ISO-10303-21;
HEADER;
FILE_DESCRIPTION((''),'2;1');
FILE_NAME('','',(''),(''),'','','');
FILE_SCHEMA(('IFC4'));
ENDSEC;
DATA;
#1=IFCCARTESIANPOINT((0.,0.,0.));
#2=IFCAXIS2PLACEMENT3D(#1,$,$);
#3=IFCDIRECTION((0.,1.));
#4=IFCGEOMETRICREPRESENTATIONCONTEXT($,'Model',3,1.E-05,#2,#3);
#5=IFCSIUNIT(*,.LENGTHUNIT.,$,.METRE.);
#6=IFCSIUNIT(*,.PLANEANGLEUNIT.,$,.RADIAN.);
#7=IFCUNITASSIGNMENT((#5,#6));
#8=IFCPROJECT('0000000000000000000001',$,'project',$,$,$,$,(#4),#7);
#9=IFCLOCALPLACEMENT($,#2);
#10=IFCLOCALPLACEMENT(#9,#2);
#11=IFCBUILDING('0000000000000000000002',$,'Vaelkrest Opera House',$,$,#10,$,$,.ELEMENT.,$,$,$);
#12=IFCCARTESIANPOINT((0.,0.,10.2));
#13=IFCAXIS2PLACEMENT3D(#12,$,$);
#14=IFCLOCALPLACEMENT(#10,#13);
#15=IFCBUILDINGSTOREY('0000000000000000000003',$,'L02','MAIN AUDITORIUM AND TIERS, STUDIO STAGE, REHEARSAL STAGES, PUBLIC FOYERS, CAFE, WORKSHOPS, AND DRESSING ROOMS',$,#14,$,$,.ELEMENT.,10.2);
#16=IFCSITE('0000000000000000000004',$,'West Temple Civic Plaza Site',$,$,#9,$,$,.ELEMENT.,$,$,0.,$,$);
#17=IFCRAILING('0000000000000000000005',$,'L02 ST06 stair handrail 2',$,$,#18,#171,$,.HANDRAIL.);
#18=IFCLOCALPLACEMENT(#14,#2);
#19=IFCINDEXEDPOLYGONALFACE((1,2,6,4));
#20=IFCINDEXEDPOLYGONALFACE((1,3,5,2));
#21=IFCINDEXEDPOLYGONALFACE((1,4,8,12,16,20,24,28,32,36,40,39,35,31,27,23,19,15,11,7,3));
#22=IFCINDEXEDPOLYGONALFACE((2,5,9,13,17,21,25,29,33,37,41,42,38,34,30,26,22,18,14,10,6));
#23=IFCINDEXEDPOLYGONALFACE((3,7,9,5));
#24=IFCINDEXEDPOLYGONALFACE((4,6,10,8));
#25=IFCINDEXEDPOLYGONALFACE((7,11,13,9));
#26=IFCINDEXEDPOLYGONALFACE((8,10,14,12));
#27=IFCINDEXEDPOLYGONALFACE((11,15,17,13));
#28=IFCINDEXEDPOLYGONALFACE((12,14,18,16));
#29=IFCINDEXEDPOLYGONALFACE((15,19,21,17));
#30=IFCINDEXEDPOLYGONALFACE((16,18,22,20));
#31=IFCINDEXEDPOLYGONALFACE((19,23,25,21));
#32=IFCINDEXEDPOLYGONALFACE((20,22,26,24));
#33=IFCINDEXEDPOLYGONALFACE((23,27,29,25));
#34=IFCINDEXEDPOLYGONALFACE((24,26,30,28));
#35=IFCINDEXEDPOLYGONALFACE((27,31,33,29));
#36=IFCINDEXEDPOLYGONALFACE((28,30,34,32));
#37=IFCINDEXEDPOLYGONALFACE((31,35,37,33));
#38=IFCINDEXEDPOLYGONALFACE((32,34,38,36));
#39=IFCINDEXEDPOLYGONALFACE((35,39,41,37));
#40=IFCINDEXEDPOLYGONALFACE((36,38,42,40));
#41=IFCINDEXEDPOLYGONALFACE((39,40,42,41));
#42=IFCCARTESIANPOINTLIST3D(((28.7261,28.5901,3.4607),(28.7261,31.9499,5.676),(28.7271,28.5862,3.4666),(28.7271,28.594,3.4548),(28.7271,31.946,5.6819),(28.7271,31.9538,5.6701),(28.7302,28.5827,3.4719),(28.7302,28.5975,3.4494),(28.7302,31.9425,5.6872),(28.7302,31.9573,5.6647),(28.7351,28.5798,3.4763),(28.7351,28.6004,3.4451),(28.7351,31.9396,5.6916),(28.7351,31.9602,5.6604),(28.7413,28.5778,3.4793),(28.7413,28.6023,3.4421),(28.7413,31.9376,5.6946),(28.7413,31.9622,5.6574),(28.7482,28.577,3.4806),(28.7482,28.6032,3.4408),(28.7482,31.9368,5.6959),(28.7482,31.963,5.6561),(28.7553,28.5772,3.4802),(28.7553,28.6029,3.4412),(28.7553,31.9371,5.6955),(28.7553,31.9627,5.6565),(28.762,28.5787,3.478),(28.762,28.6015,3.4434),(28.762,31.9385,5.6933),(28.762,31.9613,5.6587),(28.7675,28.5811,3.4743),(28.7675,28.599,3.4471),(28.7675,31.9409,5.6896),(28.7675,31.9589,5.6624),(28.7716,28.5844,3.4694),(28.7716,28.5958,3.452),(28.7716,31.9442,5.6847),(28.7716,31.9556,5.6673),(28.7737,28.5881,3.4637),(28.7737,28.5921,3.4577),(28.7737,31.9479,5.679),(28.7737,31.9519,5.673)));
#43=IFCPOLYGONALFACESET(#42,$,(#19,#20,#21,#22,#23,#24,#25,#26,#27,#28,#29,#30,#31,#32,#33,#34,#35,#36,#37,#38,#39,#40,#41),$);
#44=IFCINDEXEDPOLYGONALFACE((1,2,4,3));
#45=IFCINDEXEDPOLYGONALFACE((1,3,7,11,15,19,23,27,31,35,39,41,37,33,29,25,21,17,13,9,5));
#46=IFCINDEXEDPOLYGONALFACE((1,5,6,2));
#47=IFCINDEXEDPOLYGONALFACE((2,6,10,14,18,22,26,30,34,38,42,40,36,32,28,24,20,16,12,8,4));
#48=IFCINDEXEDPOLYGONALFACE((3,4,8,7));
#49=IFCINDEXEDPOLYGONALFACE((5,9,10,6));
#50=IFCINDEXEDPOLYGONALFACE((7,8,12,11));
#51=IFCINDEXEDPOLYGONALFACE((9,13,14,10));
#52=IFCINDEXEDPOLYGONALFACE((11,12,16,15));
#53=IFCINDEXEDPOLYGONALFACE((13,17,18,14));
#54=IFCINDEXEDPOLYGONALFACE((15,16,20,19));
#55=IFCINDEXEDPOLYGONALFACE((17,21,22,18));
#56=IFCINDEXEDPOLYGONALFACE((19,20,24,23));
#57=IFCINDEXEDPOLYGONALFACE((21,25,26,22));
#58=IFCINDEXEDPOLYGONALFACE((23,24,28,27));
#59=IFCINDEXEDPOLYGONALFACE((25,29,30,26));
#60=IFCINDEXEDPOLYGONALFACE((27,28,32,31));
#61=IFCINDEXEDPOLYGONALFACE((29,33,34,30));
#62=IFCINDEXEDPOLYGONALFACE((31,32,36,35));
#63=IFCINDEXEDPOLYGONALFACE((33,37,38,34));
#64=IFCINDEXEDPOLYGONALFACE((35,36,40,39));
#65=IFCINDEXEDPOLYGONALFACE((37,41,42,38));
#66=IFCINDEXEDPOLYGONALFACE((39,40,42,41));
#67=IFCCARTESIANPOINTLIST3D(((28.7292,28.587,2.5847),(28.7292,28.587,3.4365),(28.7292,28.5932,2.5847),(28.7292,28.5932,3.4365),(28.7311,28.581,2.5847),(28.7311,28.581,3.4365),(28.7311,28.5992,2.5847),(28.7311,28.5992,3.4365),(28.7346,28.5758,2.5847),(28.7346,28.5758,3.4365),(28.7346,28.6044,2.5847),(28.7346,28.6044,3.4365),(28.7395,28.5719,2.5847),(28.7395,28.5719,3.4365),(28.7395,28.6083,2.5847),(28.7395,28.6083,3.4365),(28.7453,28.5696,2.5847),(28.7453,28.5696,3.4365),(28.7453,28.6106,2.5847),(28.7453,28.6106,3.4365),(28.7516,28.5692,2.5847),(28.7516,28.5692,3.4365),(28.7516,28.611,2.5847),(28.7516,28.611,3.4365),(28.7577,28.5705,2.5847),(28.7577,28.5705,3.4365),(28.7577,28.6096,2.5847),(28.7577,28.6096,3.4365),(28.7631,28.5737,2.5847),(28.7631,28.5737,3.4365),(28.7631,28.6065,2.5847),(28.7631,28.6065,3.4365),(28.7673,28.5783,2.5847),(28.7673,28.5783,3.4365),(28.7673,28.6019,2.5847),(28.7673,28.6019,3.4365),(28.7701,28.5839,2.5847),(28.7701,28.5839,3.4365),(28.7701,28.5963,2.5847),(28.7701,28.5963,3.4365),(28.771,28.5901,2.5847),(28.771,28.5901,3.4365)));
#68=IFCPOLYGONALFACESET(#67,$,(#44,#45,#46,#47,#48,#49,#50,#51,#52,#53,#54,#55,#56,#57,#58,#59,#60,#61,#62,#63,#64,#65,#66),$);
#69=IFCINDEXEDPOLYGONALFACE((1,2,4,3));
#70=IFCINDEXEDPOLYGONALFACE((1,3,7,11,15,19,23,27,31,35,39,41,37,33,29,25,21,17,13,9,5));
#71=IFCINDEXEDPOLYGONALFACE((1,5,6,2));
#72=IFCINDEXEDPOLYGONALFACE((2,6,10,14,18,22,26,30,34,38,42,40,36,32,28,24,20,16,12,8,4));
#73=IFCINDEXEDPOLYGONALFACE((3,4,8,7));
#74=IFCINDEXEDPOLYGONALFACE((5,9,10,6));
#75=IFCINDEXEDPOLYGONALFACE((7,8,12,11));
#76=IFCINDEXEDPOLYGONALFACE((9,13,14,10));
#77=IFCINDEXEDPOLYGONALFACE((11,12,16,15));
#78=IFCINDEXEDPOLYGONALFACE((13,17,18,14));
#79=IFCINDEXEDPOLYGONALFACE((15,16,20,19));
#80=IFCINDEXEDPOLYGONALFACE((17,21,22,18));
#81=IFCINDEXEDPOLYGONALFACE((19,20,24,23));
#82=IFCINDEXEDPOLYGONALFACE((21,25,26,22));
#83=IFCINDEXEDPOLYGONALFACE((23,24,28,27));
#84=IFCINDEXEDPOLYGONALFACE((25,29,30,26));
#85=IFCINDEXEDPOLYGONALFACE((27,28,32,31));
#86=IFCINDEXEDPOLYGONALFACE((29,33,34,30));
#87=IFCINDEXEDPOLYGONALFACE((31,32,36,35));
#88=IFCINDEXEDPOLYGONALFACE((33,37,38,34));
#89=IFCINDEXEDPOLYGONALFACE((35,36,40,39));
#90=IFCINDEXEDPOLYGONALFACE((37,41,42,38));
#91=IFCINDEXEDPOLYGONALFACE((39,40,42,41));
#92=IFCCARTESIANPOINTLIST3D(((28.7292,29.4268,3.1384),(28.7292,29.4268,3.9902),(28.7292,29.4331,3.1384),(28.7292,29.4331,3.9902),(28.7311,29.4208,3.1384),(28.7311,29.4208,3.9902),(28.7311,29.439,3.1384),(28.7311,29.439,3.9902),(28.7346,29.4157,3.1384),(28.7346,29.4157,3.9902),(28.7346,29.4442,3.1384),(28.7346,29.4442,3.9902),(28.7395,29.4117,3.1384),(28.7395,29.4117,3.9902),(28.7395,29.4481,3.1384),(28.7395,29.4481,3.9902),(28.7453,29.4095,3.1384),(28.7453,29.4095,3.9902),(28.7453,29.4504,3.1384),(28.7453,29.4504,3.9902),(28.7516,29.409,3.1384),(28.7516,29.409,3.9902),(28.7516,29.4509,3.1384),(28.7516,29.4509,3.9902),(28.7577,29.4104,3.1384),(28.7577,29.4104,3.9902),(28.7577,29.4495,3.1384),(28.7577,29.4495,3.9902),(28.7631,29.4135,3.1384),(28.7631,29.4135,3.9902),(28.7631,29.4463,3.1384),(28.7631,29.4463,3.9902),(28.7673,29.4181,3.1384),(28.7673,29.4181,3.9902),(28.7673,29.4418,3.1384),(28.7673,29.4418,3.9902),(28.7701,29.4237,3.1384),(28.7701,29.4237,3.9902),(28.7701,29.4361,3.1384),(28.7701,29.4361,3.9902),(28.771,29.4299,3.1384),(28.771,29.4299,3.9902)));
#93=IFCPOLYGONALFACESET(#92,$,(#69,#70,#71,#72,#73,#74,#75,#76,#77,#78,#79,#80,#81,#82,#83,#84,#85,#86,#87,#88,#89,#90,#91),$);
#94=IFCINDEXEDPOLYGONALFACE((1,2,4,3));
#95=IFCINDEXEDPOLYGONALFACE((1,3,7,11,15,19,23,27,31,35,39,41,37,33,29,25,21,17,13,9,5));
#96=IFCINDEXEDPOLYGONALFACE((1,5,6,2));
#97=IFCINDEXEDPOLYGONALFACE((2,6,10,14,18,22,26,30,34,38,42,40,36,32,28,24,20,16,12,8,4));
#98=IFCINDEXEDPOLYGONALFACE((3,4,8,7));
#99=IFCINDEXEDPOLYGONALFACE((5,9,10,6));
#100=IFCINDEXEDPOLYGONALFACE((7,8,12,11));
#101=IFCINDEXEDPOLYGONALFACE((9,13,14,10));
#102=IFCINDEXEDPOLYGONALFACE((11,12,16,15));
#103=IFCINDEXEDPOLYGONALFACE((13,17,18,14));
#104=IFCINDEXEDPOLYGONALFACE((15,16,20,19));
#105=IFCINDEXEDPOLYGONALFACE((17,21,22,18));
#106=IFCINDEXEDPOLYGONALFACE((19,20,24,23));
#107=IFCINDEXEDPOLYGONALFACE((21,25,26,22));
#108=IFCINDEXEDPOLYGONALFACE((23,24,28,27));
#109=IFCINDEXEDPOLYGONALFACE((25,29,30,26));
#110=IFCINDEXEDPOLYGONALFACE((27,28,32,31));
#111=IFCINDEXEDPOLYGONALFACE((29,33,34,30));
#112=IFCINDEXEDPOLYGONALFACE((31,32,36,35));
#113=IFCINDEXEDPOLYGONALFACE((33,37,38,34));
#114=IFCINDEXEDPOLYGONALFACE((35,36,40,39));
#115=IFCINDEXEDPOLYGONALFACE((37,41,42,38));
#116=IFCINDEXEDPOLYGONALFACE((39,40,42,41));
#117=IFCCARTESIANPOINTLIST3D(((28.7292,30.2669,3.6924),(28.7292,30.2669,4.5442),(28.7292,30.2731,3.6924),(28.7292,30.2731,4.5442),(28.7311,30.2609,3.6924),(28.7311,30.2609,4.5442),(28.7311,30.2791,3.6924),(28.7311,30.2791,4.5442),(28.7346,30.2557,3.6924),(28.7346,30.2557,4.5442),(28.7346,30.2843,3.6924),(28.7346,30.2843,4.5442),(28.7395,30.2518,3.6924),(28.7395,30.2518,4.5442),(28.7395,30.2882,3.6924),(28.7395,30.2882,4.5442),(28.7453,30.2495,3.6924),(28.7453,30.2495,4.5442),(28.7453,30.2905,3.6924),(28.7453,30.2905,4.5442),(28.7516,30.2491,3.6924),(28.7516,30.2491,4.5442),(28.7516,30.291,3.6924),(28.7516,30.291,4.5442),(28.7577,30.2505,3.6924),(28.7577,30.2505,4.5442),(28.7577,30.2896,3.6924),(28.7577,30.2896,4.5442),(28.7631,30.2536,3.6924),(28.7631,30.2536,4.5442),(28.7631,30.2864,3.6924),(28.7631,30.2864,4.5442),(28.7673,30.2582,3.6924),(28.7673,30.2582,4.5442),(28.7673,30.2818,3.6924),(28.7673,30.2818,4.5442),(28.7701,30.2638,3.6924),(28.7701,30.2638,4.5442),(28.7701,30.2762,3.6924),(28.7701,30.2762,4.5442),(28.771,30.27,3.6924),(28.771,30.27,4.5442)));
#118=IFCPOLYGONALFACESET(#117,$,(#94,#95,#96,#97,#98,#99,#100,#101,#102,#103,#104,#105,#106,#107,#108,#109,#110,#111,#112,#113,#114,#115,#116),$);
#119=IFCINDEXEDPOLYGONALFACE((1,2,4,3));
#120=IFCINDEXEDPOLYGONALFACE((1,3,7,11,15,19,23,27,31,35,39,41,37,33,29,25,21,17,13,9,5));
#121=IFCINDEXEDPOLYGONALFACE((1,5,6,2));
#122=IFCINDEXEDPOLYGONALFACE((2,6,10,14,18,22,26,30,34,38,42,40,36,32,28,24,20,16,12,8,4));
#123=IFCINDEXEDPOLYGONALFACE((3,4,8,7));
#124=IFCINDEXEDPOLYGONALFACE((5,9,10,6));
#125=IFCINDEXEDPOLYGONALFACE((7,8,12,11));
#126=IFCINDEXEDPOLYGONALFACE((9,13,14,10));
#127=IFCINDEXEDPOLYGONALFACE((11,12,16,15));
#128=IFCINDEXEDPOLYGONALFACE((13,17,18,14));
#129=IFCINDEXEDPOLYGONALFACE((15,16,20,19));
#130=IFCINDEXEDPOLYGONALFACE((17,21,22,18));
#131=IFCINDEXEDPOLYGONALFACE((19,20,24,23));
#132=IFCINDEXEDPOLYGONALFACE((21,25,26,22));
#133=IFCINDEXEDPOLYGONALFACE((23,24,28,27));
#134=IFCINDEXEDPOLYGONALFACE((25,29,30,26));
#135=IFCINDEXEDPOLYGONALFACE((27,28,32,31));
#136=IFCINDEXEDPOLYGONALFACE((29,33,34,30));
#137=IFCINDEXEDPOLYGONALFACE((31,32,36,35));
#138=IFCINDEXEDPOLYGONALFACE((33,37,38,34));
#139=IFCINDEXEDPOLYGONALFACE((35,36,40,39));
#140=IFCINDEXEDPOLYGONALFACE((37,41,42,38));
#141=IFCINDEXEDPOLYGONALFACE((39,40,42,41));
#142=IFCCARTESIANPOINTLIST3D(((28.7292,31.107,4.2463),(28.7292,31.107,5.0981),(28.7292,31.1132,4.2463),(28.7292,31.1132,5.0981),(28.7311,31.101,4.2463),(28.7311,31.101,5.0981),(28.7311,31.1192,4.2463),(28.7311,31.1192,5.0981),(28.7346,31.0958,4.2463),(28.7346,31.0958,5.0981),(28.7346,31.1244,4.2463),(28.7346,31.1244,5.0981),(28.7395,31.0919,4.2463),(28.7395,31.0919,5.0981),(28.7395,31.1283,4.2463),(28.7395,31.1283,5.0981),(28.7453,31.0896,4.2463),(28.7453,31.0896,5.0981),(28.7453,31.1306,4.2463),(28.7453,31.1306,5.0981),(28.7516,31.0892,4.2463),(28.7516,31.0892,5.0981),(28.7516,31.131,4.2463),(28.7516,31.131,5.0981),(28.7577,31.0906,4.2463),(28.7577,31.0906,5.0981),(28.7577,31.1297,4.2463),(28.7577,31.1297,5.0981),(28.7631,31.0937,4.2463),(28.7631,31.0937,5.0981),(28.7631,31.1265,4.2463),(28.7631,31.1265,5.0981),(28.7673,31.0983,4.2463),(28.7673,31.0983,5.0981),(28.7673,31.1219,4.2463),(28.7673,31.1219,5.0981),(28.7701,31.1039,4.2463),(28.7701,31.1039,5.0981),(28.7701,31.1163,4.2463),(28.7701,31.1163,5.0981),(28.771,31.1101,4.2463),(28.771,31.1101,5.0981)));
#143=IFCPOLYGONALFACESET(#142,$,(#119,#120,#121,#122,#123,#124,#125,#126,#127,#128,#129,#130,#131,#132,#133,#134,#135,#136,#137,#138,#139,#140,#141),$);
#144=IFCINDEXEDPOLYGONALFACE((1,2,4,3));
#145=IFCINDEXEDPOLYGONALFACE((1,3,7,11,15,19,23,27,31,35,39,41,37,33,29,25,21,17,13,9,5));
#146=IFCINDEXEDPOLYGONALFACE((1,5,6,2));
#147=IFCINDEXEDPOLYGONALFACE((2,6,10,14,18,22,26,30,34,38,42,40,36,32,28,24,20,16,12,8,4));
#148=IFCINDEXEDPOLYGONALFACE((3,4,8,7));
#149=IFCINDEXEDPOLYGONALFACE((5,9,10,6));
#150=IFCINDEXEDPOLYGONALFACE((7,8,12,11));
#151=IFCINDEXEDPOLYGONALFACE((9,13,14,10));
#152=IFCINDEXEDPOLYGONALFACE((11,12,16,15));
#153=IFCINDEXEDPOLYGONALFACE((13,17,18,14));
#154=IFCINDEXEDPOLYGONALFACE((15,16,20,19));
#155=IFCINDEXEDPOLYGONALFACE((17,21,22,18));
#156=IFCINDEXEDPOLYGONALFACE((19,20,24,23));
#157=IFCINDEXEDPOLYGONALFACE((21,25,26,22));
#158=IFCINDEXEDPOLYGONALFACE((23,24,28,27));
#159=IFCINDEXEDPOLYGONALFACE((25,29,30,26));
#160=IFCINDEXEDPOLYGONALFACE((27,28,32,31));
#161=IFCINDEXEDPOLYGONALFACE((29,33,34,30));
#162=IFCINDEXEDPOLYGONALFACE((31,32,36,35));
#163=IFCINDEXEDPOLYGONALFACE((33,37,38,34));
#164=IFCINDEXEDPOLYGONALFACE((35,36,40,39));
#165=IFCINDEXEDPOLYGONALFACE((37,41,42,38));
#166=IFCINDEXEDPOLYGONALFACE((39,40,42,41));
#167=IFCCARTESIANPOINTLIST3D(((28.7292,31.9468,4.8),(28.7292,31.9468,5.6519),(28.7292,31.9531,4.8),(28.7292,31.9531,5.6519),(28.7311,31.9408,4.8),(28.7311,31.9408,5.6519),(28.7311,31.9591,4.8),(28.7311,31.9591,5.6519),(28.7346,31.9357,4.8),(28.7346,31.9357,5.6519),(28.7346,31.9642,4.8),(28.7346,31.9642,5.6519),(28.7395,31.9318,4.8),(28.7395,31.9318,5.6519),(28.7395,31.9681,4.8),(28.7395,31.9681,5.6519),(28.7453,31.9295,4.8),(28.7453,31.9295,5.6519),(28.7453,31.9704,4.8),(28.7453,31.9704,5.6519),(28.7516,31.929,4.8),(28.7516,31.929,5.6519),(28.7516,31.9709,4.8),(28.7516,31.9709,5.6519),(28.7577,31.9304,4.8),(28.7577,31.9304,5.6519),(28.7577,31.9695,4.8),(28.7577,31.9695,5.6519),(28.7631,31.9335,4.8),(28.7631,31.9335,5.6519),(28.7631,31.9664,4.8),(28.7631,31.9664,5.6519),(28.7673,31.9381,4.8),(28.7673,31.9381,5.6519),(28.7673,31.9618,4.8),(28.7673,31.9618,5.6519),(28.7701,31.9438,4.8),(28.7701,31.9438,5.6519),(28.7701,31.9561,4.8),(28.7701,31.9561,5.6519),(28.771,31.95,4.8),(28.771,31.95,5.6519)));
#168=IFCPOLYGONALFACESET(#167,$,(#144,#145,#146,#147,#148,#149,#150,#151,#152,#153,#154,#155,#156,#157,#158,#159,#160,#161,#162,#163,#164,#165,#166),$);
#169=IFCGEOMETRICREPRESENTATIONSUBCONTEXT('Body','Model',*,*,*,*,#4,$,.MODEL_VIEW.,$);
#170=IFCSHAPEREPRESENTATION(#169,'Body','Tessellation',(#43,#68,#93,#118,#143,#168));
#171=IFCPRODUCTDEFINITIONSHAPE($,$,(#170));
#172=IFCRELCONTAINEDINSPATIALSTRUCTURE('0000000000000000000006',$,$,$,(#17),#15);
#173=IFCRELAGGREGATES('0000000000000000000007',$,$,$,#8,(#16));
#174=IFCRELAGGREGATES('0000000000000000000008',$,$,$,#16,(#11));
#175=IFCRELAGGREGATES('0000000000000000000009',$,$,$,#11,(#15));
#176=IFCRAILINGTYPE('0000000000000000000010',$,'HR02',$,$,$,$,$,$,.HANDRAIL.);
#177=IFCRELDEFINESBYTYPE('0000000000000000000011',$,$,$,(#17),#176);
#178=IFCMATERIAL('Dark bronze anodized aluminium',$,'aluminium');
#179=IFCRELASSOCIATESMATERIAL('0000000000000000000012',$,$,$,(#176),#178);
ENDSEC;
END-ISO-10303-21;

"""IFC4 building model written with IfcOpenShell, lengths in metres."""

from ifc_helpers import new_model, si_unit, direction, frame, origin, origin_2d, place, context, subcontext, project, spatial, circle, extrude, material, type_object, element, save


model = new_model("IFC4")

# Units and contexts
model_context = context("Model", 3, precision=1e-05, world=origin(), true_north=direction((0.0, 1.0)))
body_context = subcontext(model_context, "Body", "Model", "MODEL_VIEW")
ifc_project = project(units=[si_unit("LENGTHUNIT", "METRE"), si_unit("PLANEANGLEUNIT", "RADIAN")], contexts=[model_context])

# Site, building, storey
site_placement = place(None, origin())
site = spatial("IfcSite", under=ifc_project, at=site_placement, Name="West Temple Civic Plaza Site", CompositionType="ELEMENT", RefElevation=0.0)
building_placement = place(site_placement, origin())
building = spatial("IfcBuilding", under=site, at=building_placement, Name="Vaelkrest Opera House", CompositionType="ELEMENT")
storey_placement = place(building_placement, frame((0.0, 0.0, 10.2)))
storey = spatial("IfcBuildingStorey", under=building, at=storey_placement, Name="L02", Description="MAIN AUDITORIUM AND TIERS, STUDIO STAGE, REHEARSAL STAGES, PUBLIC FOYERS, CAFE, WORKSHOPS, AND DRESSING ROOMS", CompositionType="ELEMENT", Elevation=10.2)

# Railing
ifc_material_1 = material(Name="Dark bronze anodized aluminium", Category="aluminium")
railing_type_1 = type_object("IfcRailingType", Name="HR02", PredefinedType="HANDRAIL", material=ifc_material_1)
railing_1_placement = place(storey_placement, frame((28.75, 28.5901, 2.5847)))
element("IfcRailing", 1, at=railing_1_placement, inside=storey, type_object=railing_type_1, Name="L02 ST06 stair handrail 2", PredefinedType="HANDRAIL", context=body_context, shape_type="SweptSolid", body=[
    extrude(circle(Radius=0.0239, at=origin_2d()), frame((0.0, 0.0, 0.876), z_axis=(0.0, 0.834858, 0.550465), x_axis=(-1.0, 0.0, 0.0)), (0.0, 0.0, 1.0), 4.0244),
    extrude(circle(Radius=0.021, at=origin_2d()), origin(), (0.0, 0.0, 1.0), 0.8518),
    extrude(circle(Radius=0.021, at=origin_2d()), frame((0.0, 0.8398, 0.5537)), (0.0, 0.0, 1.0), 0.8518),
    extrude(circle(Radius=0.021, at=origin_2d()), frame((0.0, 1.6799, 1.1077)), (0.0, 0.0, 1.0), 0.8518),
    extrude(circle(Radius=0.021, at=origin_2d()), frame((0.0, 2.52, 1.6616)), (0.0, 0.0, 1.0), 0.8518),
    extrude(circle(Radius=0.021, at=origin_2d()), frame((0.0, 3.3599, 2.2153)), (0.0, 0.0, 1.0), 0.8518),
])

save(model, "model.ifc")
